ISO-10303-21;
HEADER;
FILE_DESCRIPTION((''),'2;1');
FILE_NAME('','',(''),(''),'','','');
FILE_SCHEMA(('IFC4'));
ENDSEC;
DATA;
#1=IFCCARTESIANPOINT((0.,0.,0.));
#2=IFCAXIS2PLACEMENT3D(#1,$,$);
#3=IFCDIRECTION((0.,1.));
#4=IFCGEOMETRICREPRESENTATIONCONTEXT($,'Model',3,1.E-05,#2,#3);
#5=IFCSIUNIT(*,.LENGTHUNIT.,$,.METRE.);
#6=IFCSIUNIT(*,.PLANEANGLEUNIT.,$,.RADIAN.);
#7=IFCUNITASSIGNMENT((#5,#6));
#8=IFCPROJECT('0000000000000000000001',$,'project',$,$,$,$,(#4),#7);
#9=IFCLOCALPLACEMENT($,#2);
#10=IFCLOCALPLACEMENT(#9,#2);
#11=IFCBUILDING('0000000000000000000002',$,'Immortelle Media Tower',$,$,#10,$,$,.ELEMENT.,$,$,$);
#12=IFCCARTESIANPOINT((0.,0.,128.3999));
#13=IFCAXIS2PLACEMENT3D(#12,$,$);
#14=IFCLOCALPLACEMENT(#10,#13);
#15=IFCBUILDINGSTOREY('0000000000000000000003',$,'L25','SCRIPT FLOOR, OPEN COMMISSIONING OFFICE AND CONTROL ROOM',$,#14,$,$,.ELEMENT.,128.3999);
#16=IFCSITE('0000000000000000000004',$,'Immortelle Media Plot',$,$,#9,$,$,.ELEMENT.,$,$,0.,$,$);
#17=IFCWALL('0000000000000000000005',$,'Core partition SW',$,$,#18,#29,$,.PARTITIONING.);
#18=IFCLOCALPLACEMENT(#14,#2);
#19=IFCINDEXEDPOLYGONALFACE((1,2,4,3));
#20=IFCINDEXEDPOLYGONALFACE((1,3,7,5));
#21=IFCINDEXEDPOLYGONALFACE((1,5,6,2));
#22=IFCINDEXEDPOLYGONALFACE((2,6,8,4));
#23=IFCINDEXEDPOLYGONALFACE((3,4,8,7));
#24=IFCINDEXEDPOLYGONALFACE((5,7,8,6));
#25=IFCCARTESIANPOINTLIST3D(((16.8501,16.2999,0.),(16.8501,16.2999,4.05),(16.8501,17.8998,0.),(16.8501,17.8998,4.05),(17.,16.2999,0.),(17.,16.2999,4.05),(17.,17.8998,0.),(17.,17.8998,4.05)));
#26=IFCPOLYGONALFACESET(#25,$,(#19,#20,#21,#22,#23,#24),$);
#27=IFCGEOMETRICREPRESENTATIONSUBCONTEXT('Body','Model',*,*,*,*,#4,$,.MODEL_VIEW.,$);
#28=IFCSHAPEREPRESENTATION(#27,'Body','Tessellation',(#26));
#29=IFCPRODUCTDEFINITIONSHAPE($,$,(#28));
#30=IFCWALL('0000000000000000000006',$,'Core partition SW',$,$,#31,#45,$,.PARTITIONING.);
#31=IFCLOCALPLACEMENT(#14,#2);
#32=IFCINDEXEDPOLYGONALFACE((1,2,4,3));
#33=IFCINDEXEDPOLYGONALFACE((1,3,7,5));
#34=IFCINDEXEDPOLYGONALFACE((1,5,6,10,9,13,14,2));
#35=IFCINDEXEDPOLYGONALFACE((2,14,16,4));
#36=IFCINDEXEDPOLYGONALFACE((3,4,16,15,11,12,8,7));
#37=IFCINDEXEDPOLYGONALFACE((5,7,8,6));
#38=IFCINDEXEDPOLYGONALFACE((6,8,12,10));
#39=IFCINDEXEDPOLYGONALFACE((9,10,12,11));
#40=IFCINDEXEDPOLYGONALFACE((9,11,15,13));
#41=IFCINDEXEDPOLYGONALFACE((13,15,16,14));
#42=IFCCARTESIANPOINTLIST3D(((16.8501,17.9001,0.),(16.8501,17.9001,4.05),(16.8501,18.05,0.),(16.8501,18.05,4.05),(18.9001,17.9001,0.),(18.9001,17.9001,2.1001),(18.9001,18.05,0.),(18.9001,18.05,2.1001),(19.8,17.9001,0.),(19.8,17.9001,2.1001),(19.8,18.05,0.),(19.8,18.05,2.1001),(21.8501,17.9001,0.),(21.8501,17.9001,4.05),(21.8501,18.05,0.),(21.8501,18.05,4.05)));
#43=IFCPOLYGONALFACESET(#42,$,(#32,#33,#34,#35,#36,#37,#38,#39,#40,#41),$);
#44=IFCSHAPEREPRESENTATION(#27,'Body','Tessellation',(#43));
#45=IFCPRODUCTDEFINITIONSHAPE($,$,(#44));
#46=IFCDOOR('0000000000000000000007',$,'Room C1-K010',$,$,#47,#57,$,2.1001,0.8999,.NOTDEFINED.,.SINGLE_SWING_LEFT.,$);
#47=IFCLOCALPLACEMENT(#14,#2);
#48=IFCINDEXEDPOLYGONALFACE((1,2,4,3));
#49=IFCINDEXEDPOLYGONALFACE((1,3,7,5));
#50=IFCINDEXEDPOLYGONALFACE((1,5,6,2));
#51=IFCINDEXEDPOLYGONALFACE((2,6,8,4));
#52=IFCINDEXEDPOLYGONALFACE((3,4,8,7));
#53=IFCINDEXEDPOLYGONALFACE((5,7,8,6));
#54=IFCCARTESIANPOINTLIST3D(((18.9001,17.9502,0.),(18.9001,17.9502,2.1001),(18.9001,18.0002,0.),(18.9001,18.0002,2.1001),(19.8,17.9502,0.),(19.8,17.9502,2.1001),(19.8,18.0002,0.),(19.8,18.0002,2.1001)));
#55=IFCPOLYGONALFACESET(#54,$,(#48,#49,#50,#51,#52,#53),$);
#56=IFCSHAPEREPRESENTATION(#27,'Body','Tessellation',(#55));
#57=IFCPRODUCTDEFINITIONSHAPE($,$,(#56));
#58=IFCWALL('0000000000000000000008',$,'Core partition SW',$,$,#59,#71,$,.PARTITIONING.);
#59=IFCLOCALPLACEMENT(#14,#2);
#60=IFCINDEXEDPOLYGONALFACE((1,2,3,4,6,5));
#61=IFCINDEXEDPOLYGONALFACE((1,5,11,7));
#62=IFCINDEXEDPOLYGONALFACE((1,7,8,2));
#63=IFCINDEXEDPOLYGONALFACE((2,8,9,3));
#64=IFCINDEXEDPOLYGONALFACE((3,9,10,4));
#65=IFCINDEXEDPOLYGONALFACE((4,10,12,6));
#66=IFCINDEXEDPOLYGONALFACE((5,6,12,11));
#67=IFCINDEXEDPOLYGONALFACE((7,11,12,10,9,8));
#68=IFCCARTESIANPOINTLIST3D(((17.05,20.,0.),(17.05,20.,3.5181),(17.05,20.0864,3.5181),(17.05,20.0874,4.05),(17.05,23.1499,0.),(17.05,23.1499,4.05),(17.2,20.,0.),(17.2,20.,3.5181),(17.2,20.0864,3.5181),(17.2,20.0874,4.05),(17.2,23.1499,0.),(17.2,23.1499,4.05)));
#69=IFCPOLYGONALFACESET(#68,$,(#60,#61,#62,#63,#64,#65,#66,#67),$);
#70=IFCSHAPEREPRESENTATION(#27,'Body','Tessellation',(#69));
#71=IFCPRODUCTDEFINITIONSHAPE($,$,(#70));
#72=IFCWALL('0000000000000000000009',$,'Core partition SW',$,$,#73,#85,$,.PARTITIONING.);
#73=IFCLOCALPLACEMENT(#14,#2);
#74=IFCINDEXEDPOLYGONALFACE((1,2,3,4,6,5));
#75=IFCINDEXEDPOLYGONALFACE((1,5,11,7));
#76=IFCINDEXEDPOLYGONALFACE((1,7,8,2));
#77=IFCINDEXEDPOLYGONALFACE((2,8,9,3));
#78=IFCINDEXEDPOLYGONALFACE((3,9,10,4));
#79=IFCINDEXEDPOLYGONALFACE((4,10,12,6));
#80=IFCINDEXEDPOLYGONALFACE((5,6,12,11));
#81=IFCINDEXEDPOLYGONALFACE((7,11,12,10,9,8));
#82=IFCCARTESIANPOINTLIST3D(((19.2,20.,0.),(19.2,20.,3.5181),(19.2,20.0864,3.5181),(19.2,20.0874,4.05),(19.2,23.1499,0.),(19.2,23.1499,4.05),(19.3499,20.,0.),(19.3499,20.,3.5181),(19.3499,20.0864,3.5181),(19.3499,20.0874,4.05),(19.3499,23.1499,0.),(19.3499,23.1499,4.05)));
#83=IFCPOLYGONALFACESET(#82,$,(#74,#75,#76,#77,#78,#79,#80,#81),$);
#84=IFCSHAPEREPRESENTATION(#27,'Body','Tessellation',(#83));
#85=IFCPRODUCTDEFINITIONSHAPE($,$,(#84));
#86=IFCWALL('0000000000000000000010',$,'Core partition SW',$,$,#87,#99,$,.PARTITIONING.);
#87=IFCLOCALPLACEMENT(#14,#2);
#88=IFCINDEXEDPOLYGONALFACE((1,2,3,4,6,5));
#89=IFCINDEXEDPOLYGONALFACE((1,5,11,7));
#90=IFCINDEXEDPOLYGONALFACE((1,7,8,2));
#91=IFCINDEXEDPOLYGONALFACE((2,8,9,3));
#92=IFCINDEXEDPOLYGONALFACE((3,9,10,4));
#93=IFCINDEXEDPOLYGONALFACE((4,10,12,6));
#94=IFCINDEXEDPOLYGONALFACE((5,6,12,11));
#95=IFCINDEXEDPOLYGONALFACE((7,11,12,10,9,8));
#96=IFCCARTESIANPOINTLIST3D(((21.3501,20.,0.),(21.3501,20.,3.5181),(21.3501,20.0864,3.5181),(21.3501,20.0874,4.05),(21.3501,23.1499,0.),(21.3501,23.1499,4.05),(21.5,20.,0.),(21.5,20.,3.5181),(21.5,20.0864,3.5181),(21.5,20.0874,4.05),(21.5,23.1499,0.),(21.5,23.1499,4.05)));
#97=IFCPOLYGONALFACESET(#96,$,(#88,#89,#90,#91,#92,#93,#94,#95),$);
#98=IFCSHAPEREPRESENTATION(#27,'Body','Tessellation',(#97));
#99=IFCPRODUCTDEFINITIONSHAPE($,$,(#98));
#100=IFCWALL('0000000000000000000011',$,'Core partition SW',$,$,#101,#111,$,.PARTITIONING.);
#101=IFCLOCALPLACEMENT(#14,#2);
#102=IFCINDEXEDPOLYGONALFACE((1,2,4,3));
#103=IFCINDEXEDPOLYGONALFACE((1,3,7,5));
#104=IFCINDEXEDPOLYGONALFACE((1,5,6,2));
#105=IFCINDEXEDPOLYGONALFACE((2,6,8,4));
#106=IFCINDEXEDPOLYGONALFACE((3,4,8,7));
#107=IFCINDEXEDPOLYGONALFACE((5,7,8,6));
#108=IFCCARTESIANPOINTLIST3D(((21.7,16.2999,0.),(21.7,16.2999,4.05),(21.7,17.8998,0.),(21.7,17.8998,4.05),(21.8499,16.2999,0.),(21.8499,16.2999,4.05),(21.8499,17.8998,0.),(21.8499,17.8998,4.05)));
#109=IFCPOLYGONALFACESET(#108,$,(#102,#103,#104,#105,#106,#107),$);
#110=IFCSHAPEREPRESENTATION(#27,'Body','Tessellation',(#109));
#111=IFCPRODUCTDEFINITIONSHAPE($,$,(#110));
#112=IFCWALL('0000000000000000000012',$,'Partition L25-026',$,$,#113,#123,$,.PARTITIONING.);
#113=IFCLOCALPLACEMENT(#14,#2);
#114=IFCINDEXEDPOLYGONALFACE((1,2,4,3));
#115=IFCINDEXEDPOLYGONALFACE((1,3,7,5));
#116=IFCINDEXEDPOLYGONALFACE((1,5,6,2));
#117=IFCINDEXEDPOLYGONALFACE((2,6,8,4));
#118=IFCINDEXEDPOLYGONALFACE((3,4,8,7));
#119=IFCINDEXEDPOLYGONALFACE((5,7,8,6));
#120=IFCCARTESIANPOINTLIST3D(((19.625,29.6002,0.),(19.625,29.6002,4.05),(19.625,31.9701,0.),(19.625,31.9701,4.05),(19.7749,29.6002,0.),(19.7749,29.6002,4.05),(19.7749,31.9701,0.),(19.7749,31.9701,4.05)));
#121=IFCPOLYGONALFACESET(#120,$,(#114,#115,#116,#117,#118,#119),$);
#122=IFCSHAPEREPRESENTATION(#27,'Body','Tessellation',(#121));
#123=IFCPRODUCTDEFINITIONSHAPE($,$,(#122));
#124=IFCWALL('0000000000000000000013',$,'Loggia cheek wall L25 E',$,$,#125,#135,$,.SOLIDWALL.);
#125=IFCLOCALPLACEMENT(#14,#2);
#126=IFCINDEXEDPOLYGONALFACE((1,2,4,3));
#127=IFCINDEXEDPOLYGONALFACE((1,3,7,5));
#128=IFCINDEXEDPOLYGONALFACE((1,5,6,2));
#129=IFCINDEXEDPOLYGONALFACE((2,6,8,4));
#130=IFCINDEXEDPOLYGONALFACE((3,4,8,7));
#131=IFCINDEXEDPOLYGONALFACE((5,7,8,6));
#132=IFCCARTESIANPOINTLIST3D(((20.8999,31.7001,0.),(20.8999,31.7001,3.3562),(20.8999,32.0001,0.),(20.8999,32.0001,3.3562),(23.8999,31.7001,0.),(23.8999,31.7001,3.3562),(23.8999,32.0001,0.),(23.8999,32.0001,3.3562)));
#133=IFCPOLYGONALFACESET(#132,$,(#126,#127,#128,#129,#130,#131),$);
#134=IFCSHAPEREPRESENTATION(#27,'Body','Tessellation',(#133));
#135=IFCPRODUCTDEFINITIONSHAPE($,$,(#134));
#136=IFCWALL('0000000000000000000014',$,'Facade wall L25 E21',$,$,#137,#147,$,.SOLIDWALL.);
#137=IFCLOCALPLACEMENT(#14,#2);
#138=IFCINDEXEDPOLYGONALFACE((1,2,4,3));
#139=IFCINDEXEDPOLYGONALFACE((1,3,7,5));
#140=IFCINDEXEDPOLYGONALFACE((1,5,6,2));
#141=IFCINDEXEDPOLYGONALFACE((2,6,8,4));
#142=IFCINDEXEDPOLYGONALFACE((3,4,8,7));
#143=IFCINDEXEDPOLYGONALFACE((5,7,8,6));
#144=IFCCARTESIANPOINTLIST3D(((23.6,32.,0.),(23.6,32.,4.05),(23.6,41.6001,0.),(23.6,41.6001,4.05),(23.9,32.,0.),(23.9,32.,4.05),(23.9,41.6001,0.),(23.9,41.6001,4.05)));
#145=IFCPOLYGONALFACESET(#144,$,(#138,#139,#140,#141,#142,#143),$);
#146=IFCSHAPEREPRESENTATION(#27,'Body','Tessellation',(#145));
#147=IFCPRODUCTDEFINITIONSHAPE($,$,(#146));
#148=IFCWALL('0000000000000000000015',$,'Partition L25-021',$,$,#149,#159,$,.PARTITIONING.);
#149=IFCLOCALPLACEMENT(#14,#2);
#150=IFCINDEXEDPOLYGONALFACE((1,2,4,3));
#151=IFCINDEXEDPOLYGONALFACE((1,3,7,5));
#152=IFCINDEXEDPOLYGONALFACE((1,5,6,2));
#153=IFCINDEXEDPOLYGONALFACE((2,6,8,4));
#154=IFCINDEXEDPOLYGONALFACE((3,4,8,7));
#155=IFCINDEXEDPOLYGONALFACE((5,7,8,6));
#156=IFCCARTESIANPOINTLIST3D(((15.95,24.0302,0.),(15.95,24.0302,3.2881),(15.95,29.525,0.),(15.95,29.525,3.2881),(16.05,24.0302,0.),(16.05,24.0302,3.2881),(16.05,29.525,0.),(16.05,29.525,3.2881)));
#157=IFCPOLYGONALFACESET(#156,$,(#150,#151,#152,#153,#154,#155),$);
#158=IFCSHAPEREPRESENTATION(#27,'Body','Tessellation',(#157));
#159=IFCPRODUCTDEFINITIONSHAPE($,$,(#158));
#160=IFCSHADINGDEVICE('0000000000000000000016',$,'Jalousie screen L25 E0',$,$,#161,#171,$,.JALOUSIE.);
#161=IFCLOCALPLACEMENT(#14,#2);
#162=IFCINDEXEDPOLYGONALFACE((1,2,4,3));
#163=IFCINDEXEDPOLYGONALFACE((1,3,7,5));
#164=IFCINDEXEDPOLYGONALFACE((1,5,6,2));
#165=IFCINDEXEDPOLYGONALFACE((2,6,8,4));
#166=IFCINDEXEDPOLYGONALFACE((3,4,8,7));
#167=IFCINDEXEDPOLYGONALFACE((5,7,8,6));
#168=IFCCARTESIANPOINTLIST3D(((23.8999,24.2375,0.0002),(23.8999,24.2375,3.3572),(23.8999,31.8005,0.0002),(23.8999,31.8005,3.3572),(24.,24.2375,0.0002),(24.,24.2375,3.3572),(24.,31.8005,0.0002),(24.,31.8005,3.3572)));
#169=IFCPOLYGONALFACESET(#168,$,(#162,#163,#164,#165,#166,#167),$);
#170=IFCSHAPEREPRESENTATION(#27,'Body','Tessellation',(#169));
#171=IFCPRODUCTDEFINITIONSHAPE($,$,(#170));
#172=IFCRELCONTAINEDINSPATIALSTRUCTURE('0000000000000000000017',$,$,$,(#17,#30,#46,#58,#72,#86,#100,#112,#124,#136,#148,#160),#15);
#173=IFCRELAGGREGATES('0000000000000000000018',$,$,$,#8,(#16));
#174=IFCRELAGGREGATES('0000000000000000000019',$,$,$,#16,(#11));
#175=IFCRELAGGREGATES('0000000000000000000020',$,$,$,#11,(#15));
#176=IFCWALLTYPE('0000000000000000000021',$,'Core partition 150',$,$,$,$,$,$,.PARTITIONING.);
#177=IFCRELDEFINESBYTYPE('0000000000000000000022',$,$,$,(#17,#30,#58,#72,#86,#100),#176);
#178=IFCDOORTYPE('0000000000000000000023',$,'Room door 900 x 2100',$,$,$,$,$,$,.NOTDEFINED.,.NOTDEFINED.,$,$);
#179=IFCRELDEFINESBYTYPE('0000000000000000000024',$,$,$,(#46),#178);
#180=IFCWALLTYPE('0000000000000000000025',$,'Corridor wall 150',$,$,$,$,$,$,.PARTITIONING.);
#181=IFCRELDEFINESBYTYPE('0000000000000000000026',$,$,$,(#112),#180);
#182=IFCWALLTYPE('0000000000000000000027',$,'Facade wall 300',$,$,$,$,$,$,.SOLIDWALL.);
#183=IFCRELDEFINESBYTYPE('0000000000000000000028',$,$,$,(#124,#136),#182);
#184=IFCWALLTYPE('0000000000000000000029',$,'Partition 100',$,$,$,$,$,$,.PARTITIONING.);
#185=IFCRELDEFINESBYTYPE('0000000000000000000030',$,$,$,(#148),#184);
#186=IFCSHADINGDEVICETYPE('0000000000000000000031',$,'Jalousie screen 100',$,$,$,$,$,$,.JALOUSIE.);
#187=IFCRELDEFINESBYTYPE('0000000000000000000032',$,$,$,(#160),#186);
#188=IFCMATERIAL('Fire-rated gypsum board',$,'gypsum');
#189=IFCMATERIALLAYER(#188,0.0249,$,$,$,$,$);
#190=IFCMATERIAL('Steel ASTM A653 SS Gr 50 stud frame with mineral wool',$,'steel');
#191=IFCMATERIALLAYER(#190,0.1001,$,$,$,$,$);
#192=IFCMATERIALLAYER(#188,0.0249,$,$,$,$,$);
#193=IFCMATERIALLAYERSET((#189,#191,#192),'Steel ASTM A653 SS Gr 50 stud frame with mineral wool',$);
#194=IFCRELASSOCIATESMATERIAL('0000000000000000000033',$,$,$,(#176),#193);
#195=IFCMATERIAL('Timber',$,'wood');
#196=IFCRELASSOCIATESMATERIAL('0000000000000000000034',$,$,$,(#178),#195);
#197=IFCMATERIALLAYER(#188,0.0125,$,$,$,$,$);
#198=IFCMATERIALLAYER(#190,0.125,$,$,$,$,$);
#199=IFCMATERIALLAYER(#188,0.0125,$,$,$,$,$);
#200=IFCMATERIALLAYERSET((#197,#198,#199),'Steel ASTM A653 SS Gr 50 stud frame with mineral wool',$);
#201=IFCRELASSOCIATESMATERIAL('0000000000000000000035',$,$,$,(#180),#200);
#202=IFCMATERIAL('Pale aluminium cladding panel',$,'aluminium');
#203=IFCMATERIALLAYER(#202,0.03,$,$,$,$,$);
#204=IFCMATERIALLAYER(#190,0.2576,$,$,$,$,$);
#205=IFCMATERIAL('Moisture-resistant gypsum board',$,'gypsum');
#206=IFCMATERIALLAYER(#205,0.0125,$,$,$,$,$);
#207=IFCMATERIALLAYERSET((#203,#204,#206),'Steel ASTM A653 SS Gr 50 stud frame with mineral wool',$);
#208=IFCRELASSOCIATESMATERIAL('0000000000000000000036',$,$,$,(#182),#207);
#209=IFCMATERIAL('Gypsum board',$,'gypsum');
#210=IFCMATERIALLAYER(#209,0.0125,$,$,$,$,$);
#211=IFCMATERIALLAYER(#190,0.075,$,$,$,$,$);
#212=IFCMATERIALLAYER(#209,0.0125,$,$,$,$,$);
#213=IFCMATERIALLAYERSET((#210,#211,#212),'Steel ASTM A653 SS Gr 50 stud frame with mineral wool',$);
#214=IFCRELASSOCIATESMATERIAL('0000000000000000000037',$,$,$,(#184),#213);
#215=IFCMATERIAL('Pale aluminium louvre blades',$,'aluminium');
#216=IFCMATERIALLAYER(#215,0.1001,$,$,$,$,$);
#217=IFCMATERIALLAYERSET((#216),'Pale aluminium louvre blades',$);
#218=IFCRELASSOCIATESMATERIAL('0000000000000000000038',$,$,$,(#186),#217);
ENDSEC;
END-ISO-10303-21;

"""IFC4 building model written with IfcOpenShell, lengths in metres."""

from ifc_helpers import new_model, si_unit, direction, frame, frame_2d, origin, origin_2d, place, context, subcontext, project, spatial, polyline, rectangle, outline, extrude, material, layer, layer_set, type_object, element, fill, save


model = new_model("IFC4")

# Units and contexts
model_context = context("Model", 3, precision=1e-05, world=origin(), true_north=direction((0.0, 1.0)))
body_context = subcontext(model_context, "Body", "Model", "MODEL_VIEW")
ifc_project = project(units=[si_unit("LENGTHUNIT", "METRE"), si_unit("PLANEANGLEUNIT", "RADIAN")], contexts=[model_context])

# Site, building, storey
site_placement = place(None, origin())
site = spatial("IfcSite", under=ifc_project, at=site_placement, Name="Immortelle Media Plot", CompositionType="ELEMENT", RefElevation=0.0)
building_placement = place(site_placement, origin())
building = spatial("IfcBuilding", under=site, at=building_placement, Name="Immortelle Media Tower", CompositionType="ELEMENT")
storey_placement = place(building_placement, frame((0.0, 0.0, 128.3999)))
storey = spatial("IfcBuildingStorey", under=building, at=storey_placement, Name="L25", Description="SCRIPT FLOOR, OPEN COMMISSIONING OFFICE AND CONTROL ROOM", CompositionType="ELEMENT", Elevation=128.3999)

# Wall
ifc_material_1 = material(Name="Fire-rated gypsum board", Category="gypsum")
ifc_layer_1 = layer(ifc_material_1, 0.0249)
ifc_material_2 = material(Name="Steel ASTM A653 SS Gr 50 stud frame with mineral wool", Category="steel")
ifc_layer_2 = layer(ifc_material_2, 0.1001)
ifc_layer_3 = layer(ifc_material_1, 0.0249)
ifc_layer_set_1 = layer_set([ifc_layer_1, ifc_layer_2, ifc_layer_3], Name="Steel ASTM A653 SS Gr 50 stud frame with mineral wool")
wall_type_1 = type_object("IfcWallType", Name="Core partition 150", PredefinedType="PARTITIONING", material=ifc_layer_set_1)
wall_1_placement = place(storey_placement, frame((16.925, 16.3, 0.0), z_axis=(0.0, 0.0, 1.0), x_axis=(0.0, 1.0, 0.0)))
element("IfcWall", 1, at=wall_1_placement, inside=storey, type_object=wall_type_1, Name="Core partition SW", PredefinedType="PARTITIONING", context=body_context, shape_type="SweptSolid", body=[
    extrude(rectangle(XDim=1.5999, YDim=0.1499, at=frame_2d((0.7998, 0.0))), origin(), (0.0, 0.0, 1.0), 4.05),
])

# Wall, opening, door
wall_2_placement = place(storey_placement, frame((16.8501, 17.9751, 0.0), z_axis=(0.0, 0.0, 1.0), x_axis=(1.0, 0.0, 0.0)))
wall_2 = element("IfcWall", 2, at=wall_2_placement, inside=storey, type_object=wall_type_1, Name="Core partition SW", PredefinedType="PARTITIONING", context=body_context, shape_type="SweptSolid", body=[
    extrude(rectangle(XDim=5.0, YDim=0.1499, at=frame_2d((2.5, 0.0))), origin(), (0.0, 0.0, 1.0), 4.05),
])
opening_1_placement = place(wall_2_placement, frame((2.95, 0.0, 0.0), z_axis=(0.0, 0.0, 1.0), x_axis=(-1.0, 0.0, 0.0)))
opening_1 = element("IfcOpeningElement", 3, at=opening_1_placement, cuts=wall_2, PredefinedType="OPENING", context=body_context, shape_type="SweptSolid", body=[
    extrude(rectangle(XDim=0.8999, YDim=2.1001, at=frame_2d((0.45, 1.05))), frame((0.0, 0.085, 0.0), z_axis=(0.0, -1.0, 0.0), x_axis=(1.0, 0.0, 0.0)), (0.0, 0.0, 1.0), 0.1699),
])
ifc_material_3 = material(Name="Timber", Category="wood")
door_type_1 = type_object("IfcDoorType", Name="Room door 900 x 2100", OperationType="NOTDEFINED", PredefinedType="NOTDEFINED", material=ifc_material_3)
door_1_placement = place(opening_1_placement, origin())
door_1 = element("IfcDoor", 4, at=door_1_placement, inside=storey, type_object=door_type_1, Name="Room C1-K010", OperationType="SINGLE_SWING_LEFT", OverallHeight=2.1001, OverallWidth=0.8999, PredefinedType="NOTDEFINED", context=body_context, shape_type="SweptSolid", body=[
    extrude(rectangle(XDim=0.8999, YDim=2.1001, at=frame_2d((0.45, 1.05))), frame((0.0, 0.0249, 0.0), z_axis=(0.0, -1.0, 0.0), x_axis=(1.0, 0.0, 0.0)), (0.0, 0.0, 1.0), 0.05),
])
fill(opening_1, door_1)

# Walls
for number, where, z_axis, x_axis, name in (
    (5, (17.125, 20.0, 0.0), (0.0, 0.0, 1.0), (0.0, 1.0, 0.0), "Core partition SW"),
    (6, (19.2749, 20.0, 0.0), (0.0, 0.0, 1.0), (0.0, 1.0, 0.0), "Core partition SW"),
    (7, (21.425, 20.0, 0.0), (0.0, 0.0, 1.0), (0.0, 1.0, 0.0), "Core partition SW"),
):
    element("IfcWall", number, at=place(storey_placement, frame(where, z_axis=z_axis, x_axis=x_axis)), inside=storey, type_object=wall_type_1, Name=name, PredefinedType="PARTITIONING", context=body_context, shape_type="SweptSolid", body=[
        extrude(outline(polyline([(0.0, 0.0), (3.1499, 0.0), (3.1499, 4.05), (0.0874, 4.05), (0.0864, 3.5181), (0.0, 3.5181), (0.0, 0.0)])), frame((0.0, 0.075, 0.0), z_axis=(0.0, -1.0, 0.0), x_axis=(1.0, 0.0, 0.0)), (0.0, 0.0, 1.0), 0.1499),
    ])
wall_3_placement = place(storey_placement, frame((21.7749, 16.3, 0.0), z_axis=(0.0, 0.0, 1.0), x_axis=(0.0, 1.0, 0.0)))
element("IfcWall", 8, at=wall_3_placement, inside=storey, type_object=wall_type_1, Name="Core partition SW", PredefinedType="PARTITIONING", context=body_context, shape_type="SweptSolid", body=[
    extrude(rectangle(XDim=1.5999, YDim=0.1499, at=frame_2d((0.7998, 0.0))), origin(), (0.0, 0.0, 1.0), 4.05),
])
ifc_layer_4 = layer(ifc_material_1, 0.0125)
ifc_layer_5 = layer(ifc_material_2, 0.125)
ifc_layer_6 = layer(ifc_material_1, 0.0125)
ifc_layer_set_2 = layer_set([ifc_layer_4, ifc_layer_5, ifc_layer_6], Name="Steel ASTM A653 SS Gr 50 stud frame with mineral wool")
wall_type_2 = type_object("IfcWallType", Name="Corridor wall 150", PredefinedType="PARTITIONING", material=ifc_layer_set_2)
wall_4_placement = place(storey_placement, frame((19.7, 29.6001, 0.0), z_axis=(0.0, 0.0, 1.0), x_axis=(0.0, 1.0, 0.0)))
element("IfcWall", 9, at=wall_4_placement, inside=storey, type_object=wall_type_2, Name="Partition L25-026", PredefinedType="PARTITIONING", context=body_context, shape_type="SweptSolid", body=[
    extrude(rectangle(XDim=2.3699, YDim=0.1499, at=frame_2d((1.1851, 0.0))), origin(), (0.0, 0.0, 1.0), 4.05),
])

# Shared definitions
ifc_material_4 = material(Name="Pale aluminium cladding panel", Category="aluminium")
ifc_layer_7 = layer(ifc_material_4, 0.03)
ifc_layer_8 = layer(ifc_material_2, 0.2576)
ifc_material_5 = material(Name="Moisture-resistant gypsum board", Category="gypsum")
ifc_layer_9 = layer(ifc_material_5, 0.0125)
ifc_layer_set_3 = layer_set([ifc_layer_7, ifc_layer_8, ifc_layer_9], Name="Steel ASTM A653 SS Gr 50 stud frame with mineral wool")
wall_type_3 = type_object("IfcWallType", Name="Facade wall 300", PredefinedType="SOLIDWALL", material=ifc_layer_set_3)

# Walls
wall_5_placement = place(storey_placement, frame((23.8999, 31.8501, 0.0), z_axis=(0.0, 0.0, 1.0), x_axis=(-1.0, 0.0, 0.0)))
element("IfcWall", 10, at=wall_5_placement, inside=storey, type_object=wall_type_3, Name="Loggia cheek wall L25 E", PredefinedType="SOLIDWALL", context=body_context, shape_type="SweptSolid", body=[
    extrude(rectangle(XDim=3.0, YDim=0.3, at=frame_2d((1.5, 0.0))), origin(), (0.0, 0.0, 1.0), 3.3562),
])
wall_6_placement = place(storey_placement, frame((23.75, 32.0, 0.0), z_axis=(0.0, 0.0, 1.0), x_axis=(0.0, 1.0, 0.0)))
element("IfcWall", 11, at=wall_6_placement, inside=storey, type_object=wall_type_3, Name="Facade wall L25 E21", PredefinedType="SOLIDWALL", context=body_context, shape_type="SweptSolid", body=[
    extrude(rectangle(XDim=9.6001, YDim=0.3, at=frame_2d((4.8, 0.0))), origin(), (0.0, 0.0, 1.0), 4.05),
])
ifc_material_6 = material(Name="Gypsum board", Category="gypsum")
ifc_layer_10 = layer(ifc_material_6, 0.0125)
ifc_layer_11 = layer(ifc_material_2, 0.075)
ifc_layer_12 = layer(ifc_material_6, 0.0125)
ifc_layer_set_4 = layer_set([ifc_layer_10, ifc_layer_11, ifc_layer_12], Name="Steel ASTM A653 SS Gr 50 stud frame with mineral wool")
wall_type_4 = type_object("IfcWallType", Name="Partition 100", PredefinedType="PARTITIONING", material=ifc_layer_set_4)
wall_7_placement = place(storey_placement, frame((16.0, 24.03, 0.0), z_axis=(0.0, 0.0, 1.0), x_axis=(0.0, 1.0, 0.0)))
element("IfcWall", 12, at=wall_7_placement, inside=storey, type_object=wall_type_4, Name="Partition L25-021", PredefinedType="PARTITIONING", context=body_context, shape_type="SweptSolid", body=[
    extrude(rectangle(XDim=5.4949, YDim=0.1001, at=frame_2d((2.7476, 0.0))), origin(), (0.0, 0.0, 1.0), 3.2881),
])

# Shading device
ifc_material_7 = material(Name="Pale aluminium louvre blades", Category="aluminium")
ifc_layer_13 = layer(ifc_material_7, 0.1001)
ifc_layer_set_5 = layer_set([ifc_layer_13], Name="Pale aluminium louvre blades")
shading_device_type_1 = type_object("IfcShadingDeviceType", Name="Jalousie screen 100", PredefinedType="JALOUSIE", material=ifc_layer_set_5)
shading_device_1_placement = place(storey_placement, frame((23.95, 28.019, 0.0002), z_axis=(0.0, 0.0, 1.0), x_axis=(0.0, 1.0, 0.0)))
element("IfcShadingDevice", 13, at=shading_device_1_placement, inside=storey, type_object=shading_device_type_1, Name="Jalousie screen L25 E0", PredefinedType="JALOUSIE", context=body_context, shape_type="SweptSolid", body=[
    extrude(rectangle(XDim=7.563, YDim=0.1001, at=origin_2d()), origin(), (0.0, 0.0, 1.0), 3.3569),
])

save(model, "model.ifc")
